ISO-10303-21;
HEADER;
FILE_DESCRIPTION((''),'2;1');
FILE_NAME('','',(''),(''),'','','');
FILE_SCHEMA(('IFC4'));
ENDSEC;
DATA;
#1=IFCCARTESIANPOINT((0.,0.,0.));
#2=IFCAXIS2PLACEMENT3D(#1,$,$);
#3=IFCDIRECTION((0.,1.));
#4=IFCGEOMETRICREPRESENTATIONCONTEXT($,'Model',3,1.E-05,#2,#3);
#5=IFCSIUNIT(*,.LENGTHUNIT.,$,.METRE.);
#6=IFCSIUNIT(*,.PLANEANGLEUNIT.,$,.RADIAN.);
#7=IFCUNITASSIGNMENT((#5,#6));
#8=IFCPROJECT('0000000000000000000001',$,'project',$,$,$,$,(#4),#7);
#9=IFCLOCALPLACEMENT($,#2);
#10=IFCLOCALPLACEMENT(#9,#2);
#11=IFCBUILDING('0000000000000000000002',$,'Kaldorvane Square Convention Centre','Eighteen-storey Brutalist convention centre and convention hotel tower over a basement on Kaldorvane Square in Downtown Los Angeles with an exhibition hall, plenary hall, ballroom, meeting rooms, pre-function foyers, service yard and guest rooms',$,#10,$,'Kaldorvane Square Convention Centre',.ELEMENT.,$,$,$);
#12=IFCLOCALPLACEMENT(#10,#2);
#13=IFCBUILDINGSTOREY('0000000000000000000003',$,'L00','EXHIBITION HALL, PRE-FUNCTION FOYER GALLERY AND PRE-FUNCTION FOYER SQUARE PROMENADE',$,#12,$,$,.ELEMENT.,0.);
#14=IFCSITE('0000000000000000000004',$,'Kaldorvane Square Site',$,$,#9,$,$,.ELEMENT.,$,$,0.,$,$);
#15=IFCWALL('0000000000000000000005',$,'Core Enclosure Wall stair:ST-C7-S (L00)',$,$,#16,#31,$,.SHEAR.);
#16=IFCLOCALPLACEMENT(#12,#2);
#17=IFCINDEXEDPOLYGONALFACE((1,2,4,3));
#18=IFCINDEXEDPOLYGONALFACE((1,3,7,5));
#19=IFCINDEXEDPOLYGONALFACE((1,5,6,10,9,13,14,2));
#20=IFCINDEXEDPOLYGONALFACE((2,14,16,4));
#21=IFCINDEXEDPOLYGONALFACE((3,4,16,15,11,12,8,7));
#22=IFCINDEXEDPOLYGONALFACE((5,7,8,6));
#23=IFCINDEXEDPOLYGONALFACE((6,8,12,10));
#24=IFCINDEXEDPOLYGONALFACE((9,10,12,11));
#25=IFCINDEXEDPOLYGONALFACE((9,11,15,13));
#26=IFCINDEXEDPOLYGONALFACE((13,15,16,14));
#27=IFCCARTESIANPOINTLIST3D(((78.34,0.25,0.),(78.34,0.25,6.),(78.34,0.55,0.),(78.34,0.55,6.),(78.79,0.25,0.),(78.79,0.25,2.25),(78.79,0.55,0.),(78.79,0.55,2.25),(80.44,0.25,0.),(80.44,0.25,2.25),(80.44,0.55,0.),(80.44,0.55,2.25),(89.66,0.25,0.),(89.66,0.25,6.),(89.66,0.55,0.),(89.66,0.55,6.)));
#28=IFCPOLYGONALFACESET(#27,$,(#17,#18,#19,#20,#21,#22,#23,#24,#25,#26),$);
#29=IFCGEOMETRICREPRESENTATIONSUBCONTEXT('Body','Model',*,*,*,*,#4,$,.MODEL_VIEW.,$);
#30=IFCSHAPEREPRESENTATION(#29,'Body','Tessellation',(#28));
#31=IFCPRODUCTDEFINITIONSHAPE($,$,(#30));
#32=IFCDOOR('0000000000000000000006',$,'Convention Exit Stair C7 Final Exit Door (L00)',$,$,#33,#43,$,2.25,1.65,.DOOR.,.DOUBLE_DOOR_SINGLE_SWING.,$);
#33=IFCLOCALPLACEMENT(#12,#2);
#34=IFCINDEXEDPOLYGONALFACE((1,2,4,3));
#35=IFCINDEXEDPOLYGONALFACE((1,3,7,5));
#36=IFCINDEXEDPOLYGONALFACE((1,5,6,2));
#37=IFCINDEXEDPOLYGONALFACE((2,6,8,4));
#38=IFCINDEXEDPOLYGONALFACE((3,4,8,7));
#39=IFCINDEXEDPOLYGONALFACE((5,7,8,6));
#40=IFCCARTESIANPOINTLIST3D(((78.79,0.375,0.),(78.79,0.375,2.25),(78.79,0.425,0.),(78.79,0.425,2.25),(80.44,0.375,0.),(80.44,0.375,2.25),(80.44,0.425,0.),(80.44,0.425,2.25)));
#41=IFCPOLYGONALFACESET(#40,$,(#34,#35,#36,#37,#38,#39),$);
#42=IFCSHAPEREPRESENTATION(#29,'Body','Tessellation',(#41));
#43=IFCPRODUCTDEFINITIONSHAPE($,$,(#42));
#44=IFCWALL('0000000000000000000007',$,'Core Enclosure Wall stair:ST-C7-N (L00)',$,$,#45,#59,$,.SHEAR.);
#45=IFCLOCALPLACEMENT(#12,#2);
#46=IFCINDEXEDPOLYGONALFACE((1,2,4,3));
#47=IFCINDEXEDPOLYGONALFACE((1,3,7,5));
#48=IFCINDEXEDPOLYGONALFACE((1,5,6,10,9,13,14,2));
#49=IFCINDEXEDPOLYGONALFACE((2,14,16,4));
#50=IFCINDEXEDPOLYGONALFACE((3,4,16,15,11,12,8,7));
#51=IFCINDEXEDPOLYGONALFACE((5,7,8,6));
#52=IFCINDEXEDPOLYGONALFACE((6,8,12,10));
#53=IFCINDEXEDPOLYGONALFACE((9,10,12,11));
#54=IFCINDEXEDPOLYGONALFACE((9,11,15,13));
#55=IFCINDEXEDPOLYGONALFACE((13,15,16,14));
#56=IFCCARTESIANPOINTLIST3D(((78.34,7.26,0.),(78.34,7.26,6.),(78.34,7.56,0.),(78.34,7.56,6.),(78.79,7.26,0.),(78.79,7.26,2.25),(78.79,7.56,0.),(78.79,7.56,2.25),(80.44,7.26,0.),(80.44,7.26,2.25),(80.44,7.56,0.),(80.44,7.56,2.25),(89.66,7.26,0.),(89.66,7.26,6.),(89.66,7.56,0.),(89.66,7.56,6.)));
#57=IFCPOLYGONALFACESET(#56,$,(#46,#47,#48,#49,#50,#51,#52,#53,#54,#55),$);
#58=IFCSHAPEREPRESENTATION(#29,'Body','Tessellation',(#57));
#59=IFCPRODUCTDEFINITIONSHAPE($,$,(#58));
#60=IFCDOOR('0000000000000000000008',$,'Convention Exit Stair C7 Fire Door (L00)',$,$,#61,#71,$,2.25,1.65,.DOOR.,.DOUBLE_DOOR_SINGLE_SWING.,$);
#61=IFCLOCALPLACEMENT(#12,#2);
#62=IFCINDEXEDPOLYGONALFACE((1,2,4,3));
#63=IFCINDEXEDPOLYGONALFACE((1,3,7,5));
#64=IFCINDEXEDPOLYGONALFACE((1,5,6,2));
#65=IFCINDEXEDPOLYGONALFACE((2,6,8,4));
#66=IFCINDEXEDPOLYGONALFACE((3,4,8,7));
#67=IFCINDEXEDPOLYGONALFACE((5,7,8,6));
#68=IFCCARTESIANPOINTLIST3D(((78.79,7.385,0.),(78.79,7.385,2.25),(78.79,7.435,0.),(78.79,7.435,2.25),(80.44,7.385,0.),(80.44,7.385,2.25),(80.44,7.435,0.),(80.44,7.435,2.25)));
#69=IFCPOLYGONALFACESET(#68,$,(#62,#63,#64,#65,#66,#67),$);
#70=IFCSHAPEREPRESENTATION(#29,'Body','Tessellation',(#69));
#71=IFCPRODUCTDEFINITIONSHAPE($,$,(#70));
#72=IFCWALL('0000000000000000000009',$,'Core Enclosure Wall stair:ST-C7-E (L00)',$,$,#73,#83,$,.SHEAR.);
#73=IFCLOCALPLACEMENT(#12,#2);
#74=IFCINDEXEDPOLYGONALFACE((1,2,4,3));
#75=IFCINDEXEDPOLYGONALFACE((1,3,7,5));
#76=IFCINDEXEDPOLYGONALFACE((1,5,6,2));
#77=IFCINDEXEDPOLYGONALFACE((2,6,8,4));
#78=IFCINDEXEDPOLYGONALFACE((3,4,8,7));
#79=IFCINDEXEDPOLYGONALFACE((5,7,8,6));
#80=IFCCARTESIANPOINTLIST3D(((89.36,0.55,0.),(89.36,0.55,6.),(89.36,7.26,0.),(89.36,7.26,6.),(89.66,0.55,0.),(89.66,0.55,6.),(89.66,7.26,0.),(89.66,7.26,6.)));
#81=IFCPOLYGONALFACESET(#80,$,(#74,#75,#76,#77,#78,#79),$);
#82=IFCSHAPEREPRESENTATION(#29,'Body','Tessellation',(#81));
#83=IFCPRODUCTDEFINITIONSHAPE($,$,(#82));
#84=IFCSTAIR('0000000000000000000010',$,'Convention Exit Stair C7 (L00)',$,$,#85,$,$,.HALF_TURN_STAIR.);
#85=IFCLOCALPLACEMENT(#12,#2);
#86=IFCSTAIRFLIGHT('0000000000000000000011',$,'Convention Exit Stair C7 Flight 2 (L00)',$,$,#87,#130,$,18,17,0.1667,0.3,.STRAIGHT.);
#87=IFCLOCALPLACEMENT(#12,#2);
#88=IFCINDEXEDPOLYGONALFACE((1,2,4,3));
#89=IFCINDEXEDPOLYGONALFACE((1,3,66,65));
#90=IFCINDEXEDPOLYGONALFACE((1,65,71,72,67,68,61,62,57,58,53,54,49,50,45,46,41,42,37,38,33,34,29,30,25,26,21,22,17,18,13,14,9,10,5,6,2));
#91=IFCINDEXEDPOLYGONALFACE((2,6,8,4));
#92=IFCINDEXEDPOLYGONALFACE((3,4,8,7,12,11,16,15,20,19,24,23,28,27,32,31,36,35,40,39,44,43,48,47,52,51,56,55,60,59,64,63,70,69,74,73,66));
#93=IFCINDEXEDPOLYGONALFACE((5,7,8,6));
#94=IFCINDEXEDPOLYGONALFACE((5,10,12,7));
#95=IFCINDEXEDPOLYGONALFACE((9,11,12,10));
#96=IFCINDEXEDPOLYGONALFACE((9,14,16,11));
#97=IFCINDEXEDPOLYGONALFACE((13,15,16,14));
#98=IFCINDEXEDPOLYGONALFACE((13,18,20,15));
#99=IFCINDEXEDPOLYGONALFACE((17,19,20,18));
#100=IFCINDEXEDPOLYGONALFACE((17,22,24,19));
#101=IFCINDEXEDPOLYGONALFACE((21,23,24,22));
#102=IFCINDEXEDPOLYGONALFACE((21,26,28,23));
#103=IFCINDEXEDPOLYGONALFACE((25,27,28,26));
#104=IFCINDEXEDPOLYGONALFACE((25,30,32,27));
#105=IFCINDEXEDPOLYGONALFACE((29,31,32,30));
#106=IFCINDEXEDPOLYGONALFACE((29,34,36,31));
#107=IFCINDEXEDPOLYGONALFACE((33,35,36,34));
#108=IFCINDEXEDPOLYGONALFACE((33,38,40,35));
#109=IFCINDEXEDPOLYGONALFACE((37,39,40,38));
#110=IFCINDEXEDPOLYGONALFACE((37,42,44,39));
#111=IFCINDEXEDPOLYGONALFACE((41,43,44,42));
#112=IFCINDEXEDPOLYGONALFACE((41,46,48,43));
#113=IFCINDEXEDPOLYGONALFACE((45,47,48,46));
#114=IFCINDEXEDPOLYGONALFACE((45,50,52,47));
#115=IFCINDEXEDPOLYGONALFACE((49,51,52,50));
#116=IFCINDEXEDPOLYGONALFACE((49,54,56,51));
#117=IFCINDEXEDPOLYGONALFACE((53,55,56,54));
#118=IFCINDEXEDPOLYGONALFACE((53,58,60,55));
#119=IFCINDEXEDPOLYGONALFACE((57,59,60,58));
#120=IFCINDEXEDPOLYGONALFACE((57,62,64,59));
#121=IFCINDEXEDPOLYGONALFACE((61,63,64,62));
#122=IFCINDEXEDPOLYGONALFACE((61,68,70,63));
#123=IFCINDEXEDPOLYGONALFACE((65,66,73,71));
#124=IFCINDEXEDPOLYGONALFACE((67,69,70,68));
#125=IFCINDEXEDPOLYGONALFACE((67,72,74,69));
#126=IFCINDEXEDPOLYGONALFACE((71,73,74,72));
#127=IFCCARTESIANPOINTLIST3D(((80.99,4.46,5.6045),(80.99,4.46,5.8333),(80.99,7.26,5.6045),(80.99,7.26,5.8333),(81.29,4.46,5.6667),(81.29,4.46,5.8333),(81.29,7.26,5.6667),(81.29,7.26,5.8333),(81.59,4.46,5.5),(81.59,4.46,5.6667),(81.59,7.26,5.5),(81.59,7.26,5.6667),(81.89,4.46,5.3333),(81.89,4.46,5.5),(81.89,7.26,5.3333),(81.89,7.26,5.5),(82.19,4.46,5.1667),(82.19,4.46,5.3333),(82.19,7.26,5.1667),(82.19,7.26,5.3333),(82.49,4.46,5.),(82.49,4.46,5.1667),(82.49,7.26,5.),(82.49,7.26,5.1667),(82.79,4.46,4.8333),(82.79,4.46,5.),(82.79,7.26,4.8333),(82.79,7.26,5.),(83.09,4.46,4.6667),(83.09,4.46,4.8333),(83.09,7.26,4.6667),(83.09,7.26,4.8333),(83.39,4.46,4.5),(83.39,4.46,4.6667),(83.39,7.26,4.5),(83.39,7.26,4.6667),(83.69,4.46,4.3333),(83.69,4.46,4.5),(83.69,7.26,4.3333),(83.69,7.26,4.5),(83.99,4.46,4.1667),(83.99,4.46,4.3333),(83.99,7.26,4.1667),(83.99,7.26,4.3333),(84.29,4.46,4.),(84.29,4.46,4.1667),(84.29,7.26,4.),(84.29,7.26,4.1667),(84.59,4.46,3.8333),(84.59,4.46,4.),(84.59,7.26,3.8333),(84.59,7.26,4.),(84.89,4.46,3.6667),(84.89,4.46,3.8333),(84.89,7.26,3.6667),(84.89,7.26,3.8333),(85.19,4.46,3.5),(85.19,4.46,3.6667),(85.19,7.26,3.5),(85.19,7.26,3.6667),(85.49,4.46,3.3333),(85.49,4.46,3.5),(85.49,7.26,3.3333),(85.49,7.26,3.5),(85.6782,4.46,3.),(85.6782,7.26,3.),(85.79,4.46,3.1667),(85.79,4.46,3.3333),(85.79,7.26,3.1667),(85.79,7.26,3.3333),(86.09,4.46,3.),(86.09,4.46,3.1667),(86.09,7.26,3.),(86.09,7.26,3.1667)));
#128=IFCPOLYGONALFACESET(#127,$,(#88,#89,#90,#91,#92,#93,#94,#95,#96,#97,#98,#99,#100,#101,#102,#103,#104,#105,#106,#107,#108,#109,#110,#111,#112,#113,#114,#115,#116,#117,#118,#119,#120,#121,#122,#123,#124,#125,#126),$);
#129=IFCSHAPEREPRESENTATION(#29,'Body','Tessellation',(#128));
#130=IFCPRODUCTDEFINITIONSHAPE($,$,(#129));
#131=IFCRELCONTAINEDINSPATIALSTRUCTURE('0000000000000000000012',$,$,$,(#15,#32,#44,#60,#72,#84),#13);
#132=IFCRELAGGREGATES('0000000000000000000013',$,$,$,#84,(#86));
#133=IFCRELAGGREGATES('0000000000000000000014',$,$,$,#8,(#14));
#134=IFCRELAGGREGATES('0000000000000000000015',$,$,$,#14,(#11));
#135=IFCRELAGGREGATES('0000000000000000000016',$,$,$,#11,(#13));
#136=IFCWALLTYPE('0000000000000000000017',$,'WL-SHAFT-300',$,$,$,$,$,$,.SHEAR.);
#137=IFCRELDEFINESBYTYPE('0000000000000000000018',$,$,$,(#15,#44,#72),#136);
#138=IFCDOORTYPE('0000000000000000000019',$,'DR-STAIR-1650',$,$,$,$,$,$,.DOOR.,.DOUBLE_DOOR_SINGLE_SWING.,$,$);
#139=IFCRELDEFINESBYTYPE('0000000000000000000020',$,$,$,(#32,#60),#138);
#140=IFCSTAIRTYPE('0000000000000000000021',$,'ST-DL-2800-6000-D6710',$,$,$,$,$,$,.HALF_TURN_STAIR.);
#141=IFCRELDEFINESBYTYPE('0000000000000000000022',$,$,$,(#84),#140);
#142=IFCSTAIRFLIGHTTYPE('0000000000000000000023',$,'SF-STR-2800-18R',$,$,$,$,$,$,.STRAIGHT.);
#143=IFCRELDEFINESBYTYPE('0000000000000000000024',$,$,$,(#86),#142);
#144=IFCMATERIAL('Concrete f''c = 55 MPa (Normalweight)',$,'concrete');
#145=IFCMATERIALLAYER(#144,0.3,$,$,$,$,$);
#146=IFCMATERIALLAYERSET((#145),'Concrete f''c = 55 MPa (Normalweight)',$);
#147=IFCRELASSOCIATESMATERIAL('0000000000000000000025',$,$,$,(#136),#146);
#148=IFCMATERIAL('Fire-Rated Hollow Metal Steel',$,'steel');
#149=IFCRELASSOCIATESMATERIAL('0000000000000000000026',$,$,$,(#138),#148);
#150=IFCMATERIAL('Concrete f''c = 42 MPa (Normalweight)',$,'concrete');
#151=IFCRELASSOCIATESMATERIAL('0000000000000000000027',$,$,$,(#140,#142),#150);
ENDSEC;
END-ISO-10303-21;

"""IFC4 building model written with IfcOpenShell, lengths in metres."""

from ifc_helpers import new_model, si_unit, direction, frame, frame_2d, origin, place, context, subcontext, project, spatial, polyline, rectangle, outline, extrude, material, layer, layer_set, type_object, element, fill, aggregate, save


model = new_model("IFC4")

# Units and contexts
model_context = context("Model", 3, precision=1e-05, world=origin(), true_north=direction((0.0, 1.0)))
body_context = subcontext(model_context, "Body", "Model", "MODEL_VIEW")
ifc_project = project(units=[si_unit("LENGTHUNIT", "METRE"), si_unit("PLANEANGLEUNIT", "RADIAN")], contexts=[model_context])

# Site, building, storey
site_placement = place(None, origin())
site = spatial("IfcSite", under=ifc_project, at=site_placement, Name="Kaldorvane Square Site", CompositionType="ELEMENT", RefElevation=0.0)
building_placement = place(site_placement, origin())
building = spatial("IfcBuilding", under=site, at=building_placement, Name="Kaldorvane Square Convention Centre", Description="Eighteen-storey Brutalist convention centre and convention hotel tower over a basement on Kaldorvane Square in Downtown Los Angeles with an exhibition hall, plenary hall, ballroom, meeting rooms, pre-function foyers, service yard and guest rooms", LongName="Kaldorvane Square Convention Centre", CompositionType="ELEMENT")
storey_placement = place(building_placement, origin())
storey = spatial("IfcBuildingStorey", under=building, at=storey_placement, Name="L00", Description="EXHIBITION HALL, PRE-FUNCTION FOYER GALLERY AND PRE-FUNCTION FOYER SQUARE PROMENADE", CompositionType="ELEMENT", Elevation=0.0)

# Shared definitions
ifc_material_1 = material(Name="Concrete f'c = 42 MPa (Normalweight)", Category="concrete")

# Walls, openings, doors
ifc_material_2 = material(Name="Concrete f'c = 55 MPa (Normalweight)", Category="concrete")
ifc_layer_1 = layer(ifc_material_2, 0.3)
ifc_layer_set_1 = layer_set([ifc_layer_1], Name="Concrete f'c = 55 MPa (Normalweight)")
wall_type_1 = type_object("IfcWallType", Name="WL-SHAFT-300", PredefinedType="SHEAR", material=ifc_layer_set_1)
wall_1_placement = place(storey_placement, frame((89.66, 0.4, 0.0), z_axis=(0.0, 0.0, 1.0), x_axis=(-1.0, 0.0, 0.0)))
wall_1 = element("IfcWall", 1, at=wall_1_placement, inside=storey, type_object=wall_type_1, Name="Core Enclosure Wall stair:ST-C7-S (L00)", PredefinedType="SHEAR", context=body_context, shape_type="SweptSolid", body=[
    extrude(rectangle(XDim=11.32, YDim=0.3, at=frame_2d((5.66, 0.0))), origin(), (0.0, 0.0, 1.0), 6.0),
])
opening_1_placement = place(wall_1_placement, frame((9.22, 0.0, 0.0)))
opening_1 = element("IfcOpeningElement", 2, at=opening_1_placement, cuts=wall_1, PredefinedType="OPENING", context=body_context, shape_type="SweptSolid", body=[
    extrude(rectangle(XDim=1.65, YDim=2.25, at=frame_2d((0.825, 1.125))), frame((0.0, 0.165, 0.0), z_axis=(0.0, -1.0, 0.0), x_axis=(1.0, 0.0, 0.0)), (0.0, 0.0, 1.0), 0.33),
])
ifc_material_3 = material(Name="Fire-Rated Hollow Metal Steel", Category="steel")
door_type_1 = type_object("IfcDoorType", Name="DR-STAIR-1650", OperationType="DOUBLE_DOOR_SINGLE_SWING", PredefinedType="DOOR", material=ifc_material_3)
door_1_placement = place(opening_1_placement, origin())
door_1 = element("IfcDoor", 3, at=door_1_placement, inside=storey, type_object=door_type_1, Name="Convention Exit Stair C7 Final Exit Door (L00)", OperationType="DOUBLE_DOOR_SINGLE_SWING", OverallHeight=2.25, OverallWidth=1.65, PredefinedType="DOOR", context=body_context, shape_type="SweptSolid", body=[
    extrude(rectangle(XDim=1.65, YDim=2.25, at=frame_2d((0.825, 1.125))), frame((0.0, 0.025, 0.0), z_axis=(0.0, -1.0, 0.0), x_axis=(1.0, 0.0, 0.0)), (0.0, 0.0, 1.0), 0.05),
])
fill(opening_1, door_1)
wall_2_placement = place(storey_placement, frame((89.66, 7.41, 0.0), z_axis=(0.0, 0.0, 1.0), x_axis=(-1.0, 0.0, 0.0)))
wall_2 = element("IfcWall", 4, at=wall_2_placement, inside=storey, type_object=wall_type_1, Name="Core Enclosure Wall stair:ST-C7-N (L00)", PredefinedType="SHEAR", context=body_context, shape_type="SweptSolid", body=[
    extrude(rectangle(XDim=11.32, YDim=0.3, at=frame_2d((5.66, 0.0))), origin(), (0.0, 0.0, 1.0), 6.0),
])
opening_2_placement = place(wall_2_placement, frame((9.22, 0.0, 0.0)))
opening_2 = element("IfcOpeningElement", 5, at=opening_2_placement, cuts=wall_2, PredefinedType="OPENING", context=body_context, shape_type="SweptSolid", body=[
    extrude(rectangle(XDim=1.65, YDim=2.25, at=frame_2d((0.825, 1.125))), frame((0.0, 0.165, 0.0), z_axis=(0.0, -1.0, 0.0), x_axis=(1.0, 0.0, 0.0)), (0.0, 0.0, 1.0), 0.33),
])
door_2_placement = place(opening_2_placement, origin())
door_2 = element("IfcDoor", 6, at=door_2_placement, inside=storey, type_object=door_type_1, Name="Convention Exit Stair C7 Fire Door (L00)", OperationType="DOUBLE_DOOR_SINGLE_SWING", OverallHeight=2.25, OverallWidth=1.65, PredefinedType="DOOR", context=body_context, shape_type="SweptSolid", body=[
    extrude(rectangle(XDim=1.65, YDim=2.25, at=frame_2d((0.825, 1.125))), frame((0.0, 0.025, 0.0), z_axis=(0.0, -1.0, 0.0), x_axis=(1.0, 0.0, 0.0)), (0.0, 0.0, 1.0), 0.05),
])
fill(opening_2, door_2)

# Wall
wall_3_placement = place(storey_placement, frame((89.51, 0.55, 0.0), z_axis=(0.0, 0.0, 1.0), x_axis=(0.0, 1.0, 0.0)))
element("IfcWall", 7, at=wall_3_placement, inside=storey, type_object=wall_type_1, Name="Core Enclosure Wall stair:ST-C7-E (L00)", PredefinedType="SHEAR", context=body_context, shape_type="SweptSolid", body=[
    extrude(rectangle(XDim=6.71, YDim=0.3, at=frame_2d((3.355, 0.0))), origin(), (0.0, 0.0, 1.0), 6.0),
])

# Stair, stair flight
stair_type = type_object("IfcStairType", Name="ST-DL-2800-6000-D6710", PredefinedType="HALF_TURN_STAIR", material=ifc_material_1)
stair_placement = place(storey_placement, origin())
stair = element("IfcStair", 8, at=stair_placement, inside=storey, type_object=stair_type, Name="Convention Exit Stair C7 (L00)", PredefinedType="HALF_TURN_STAIR")
stair_flight_type = type_object("IfcStairFlightType", Name="SF-STR-2800-18R", PredefinedType="STRAIGHT", material=ifc_material_1)
stair_flight_placement = place(storey_placement, frame((86.09, 5.86, 3.0), z_axis=(0.0, 0.0, 1.0), x_axis=(-1.0, 0.0, 0.0)))
stair_flight = element("IfcStairFlight", 9, at=stair_flight_placement, type_object=stair_flight_type, Name="Convention Exit Stair C7 Flight 2 (L00)", NumberOfRisers=18, NumberOfTreads=17, PredefinedType="STRAIGHT", RiserHeight=0.1667, TreadLength=0.3, context=body_context, shape_type="SweptSolid", body=[
    extrude(outline(polyline([(0.0, 0.0), (0.0, 0.1667), (0.3, 0.1667), (0.3, 0.3333), (0.6, 0.3333), (0.6, 0.5), (0.9, 0.5), (0.9, 0.6667), (1.2, 0.6667), (1.2, 0.8333), (1.5, 0.8333), (1.5, 1.0), (1.8, 1.0), (1.8, 1.1667), (2.1, 1.1667), (2.1, 1.3333), (2.4, 1.3333), (2.4, 1.5), (2.7, 1.5), (2.7, 1.6667), (3.0, 1.6667), (3.0, 1.8333), (3.3, 1.8333), (3.3, 2.0), (3.6, 2.0), (3.6, 2.1667), (3.9, 2.1667), (3.9, 2.3333), (4.2, 2.3333), (4.2, 2.5), (4.5, 2.5), (4.5, 2.6667), (4.8, 2.6667), (4.8, 2.8333), (5.1, 2.8333), (5.1, 3.0), (5.1, 2.6045), (0.4118, 0.0), (0.0, 0.0)])), frame((0.0, 1.4, 0.0), z_axis=(0.0, -1.0, 0.0), x_axis=(1.0, 0.0, 0.0)), (0.0, 0.0, 1.0), 2.8),
])
aggregate(stair, [stair_flight])

save(model, "model.ifc")
